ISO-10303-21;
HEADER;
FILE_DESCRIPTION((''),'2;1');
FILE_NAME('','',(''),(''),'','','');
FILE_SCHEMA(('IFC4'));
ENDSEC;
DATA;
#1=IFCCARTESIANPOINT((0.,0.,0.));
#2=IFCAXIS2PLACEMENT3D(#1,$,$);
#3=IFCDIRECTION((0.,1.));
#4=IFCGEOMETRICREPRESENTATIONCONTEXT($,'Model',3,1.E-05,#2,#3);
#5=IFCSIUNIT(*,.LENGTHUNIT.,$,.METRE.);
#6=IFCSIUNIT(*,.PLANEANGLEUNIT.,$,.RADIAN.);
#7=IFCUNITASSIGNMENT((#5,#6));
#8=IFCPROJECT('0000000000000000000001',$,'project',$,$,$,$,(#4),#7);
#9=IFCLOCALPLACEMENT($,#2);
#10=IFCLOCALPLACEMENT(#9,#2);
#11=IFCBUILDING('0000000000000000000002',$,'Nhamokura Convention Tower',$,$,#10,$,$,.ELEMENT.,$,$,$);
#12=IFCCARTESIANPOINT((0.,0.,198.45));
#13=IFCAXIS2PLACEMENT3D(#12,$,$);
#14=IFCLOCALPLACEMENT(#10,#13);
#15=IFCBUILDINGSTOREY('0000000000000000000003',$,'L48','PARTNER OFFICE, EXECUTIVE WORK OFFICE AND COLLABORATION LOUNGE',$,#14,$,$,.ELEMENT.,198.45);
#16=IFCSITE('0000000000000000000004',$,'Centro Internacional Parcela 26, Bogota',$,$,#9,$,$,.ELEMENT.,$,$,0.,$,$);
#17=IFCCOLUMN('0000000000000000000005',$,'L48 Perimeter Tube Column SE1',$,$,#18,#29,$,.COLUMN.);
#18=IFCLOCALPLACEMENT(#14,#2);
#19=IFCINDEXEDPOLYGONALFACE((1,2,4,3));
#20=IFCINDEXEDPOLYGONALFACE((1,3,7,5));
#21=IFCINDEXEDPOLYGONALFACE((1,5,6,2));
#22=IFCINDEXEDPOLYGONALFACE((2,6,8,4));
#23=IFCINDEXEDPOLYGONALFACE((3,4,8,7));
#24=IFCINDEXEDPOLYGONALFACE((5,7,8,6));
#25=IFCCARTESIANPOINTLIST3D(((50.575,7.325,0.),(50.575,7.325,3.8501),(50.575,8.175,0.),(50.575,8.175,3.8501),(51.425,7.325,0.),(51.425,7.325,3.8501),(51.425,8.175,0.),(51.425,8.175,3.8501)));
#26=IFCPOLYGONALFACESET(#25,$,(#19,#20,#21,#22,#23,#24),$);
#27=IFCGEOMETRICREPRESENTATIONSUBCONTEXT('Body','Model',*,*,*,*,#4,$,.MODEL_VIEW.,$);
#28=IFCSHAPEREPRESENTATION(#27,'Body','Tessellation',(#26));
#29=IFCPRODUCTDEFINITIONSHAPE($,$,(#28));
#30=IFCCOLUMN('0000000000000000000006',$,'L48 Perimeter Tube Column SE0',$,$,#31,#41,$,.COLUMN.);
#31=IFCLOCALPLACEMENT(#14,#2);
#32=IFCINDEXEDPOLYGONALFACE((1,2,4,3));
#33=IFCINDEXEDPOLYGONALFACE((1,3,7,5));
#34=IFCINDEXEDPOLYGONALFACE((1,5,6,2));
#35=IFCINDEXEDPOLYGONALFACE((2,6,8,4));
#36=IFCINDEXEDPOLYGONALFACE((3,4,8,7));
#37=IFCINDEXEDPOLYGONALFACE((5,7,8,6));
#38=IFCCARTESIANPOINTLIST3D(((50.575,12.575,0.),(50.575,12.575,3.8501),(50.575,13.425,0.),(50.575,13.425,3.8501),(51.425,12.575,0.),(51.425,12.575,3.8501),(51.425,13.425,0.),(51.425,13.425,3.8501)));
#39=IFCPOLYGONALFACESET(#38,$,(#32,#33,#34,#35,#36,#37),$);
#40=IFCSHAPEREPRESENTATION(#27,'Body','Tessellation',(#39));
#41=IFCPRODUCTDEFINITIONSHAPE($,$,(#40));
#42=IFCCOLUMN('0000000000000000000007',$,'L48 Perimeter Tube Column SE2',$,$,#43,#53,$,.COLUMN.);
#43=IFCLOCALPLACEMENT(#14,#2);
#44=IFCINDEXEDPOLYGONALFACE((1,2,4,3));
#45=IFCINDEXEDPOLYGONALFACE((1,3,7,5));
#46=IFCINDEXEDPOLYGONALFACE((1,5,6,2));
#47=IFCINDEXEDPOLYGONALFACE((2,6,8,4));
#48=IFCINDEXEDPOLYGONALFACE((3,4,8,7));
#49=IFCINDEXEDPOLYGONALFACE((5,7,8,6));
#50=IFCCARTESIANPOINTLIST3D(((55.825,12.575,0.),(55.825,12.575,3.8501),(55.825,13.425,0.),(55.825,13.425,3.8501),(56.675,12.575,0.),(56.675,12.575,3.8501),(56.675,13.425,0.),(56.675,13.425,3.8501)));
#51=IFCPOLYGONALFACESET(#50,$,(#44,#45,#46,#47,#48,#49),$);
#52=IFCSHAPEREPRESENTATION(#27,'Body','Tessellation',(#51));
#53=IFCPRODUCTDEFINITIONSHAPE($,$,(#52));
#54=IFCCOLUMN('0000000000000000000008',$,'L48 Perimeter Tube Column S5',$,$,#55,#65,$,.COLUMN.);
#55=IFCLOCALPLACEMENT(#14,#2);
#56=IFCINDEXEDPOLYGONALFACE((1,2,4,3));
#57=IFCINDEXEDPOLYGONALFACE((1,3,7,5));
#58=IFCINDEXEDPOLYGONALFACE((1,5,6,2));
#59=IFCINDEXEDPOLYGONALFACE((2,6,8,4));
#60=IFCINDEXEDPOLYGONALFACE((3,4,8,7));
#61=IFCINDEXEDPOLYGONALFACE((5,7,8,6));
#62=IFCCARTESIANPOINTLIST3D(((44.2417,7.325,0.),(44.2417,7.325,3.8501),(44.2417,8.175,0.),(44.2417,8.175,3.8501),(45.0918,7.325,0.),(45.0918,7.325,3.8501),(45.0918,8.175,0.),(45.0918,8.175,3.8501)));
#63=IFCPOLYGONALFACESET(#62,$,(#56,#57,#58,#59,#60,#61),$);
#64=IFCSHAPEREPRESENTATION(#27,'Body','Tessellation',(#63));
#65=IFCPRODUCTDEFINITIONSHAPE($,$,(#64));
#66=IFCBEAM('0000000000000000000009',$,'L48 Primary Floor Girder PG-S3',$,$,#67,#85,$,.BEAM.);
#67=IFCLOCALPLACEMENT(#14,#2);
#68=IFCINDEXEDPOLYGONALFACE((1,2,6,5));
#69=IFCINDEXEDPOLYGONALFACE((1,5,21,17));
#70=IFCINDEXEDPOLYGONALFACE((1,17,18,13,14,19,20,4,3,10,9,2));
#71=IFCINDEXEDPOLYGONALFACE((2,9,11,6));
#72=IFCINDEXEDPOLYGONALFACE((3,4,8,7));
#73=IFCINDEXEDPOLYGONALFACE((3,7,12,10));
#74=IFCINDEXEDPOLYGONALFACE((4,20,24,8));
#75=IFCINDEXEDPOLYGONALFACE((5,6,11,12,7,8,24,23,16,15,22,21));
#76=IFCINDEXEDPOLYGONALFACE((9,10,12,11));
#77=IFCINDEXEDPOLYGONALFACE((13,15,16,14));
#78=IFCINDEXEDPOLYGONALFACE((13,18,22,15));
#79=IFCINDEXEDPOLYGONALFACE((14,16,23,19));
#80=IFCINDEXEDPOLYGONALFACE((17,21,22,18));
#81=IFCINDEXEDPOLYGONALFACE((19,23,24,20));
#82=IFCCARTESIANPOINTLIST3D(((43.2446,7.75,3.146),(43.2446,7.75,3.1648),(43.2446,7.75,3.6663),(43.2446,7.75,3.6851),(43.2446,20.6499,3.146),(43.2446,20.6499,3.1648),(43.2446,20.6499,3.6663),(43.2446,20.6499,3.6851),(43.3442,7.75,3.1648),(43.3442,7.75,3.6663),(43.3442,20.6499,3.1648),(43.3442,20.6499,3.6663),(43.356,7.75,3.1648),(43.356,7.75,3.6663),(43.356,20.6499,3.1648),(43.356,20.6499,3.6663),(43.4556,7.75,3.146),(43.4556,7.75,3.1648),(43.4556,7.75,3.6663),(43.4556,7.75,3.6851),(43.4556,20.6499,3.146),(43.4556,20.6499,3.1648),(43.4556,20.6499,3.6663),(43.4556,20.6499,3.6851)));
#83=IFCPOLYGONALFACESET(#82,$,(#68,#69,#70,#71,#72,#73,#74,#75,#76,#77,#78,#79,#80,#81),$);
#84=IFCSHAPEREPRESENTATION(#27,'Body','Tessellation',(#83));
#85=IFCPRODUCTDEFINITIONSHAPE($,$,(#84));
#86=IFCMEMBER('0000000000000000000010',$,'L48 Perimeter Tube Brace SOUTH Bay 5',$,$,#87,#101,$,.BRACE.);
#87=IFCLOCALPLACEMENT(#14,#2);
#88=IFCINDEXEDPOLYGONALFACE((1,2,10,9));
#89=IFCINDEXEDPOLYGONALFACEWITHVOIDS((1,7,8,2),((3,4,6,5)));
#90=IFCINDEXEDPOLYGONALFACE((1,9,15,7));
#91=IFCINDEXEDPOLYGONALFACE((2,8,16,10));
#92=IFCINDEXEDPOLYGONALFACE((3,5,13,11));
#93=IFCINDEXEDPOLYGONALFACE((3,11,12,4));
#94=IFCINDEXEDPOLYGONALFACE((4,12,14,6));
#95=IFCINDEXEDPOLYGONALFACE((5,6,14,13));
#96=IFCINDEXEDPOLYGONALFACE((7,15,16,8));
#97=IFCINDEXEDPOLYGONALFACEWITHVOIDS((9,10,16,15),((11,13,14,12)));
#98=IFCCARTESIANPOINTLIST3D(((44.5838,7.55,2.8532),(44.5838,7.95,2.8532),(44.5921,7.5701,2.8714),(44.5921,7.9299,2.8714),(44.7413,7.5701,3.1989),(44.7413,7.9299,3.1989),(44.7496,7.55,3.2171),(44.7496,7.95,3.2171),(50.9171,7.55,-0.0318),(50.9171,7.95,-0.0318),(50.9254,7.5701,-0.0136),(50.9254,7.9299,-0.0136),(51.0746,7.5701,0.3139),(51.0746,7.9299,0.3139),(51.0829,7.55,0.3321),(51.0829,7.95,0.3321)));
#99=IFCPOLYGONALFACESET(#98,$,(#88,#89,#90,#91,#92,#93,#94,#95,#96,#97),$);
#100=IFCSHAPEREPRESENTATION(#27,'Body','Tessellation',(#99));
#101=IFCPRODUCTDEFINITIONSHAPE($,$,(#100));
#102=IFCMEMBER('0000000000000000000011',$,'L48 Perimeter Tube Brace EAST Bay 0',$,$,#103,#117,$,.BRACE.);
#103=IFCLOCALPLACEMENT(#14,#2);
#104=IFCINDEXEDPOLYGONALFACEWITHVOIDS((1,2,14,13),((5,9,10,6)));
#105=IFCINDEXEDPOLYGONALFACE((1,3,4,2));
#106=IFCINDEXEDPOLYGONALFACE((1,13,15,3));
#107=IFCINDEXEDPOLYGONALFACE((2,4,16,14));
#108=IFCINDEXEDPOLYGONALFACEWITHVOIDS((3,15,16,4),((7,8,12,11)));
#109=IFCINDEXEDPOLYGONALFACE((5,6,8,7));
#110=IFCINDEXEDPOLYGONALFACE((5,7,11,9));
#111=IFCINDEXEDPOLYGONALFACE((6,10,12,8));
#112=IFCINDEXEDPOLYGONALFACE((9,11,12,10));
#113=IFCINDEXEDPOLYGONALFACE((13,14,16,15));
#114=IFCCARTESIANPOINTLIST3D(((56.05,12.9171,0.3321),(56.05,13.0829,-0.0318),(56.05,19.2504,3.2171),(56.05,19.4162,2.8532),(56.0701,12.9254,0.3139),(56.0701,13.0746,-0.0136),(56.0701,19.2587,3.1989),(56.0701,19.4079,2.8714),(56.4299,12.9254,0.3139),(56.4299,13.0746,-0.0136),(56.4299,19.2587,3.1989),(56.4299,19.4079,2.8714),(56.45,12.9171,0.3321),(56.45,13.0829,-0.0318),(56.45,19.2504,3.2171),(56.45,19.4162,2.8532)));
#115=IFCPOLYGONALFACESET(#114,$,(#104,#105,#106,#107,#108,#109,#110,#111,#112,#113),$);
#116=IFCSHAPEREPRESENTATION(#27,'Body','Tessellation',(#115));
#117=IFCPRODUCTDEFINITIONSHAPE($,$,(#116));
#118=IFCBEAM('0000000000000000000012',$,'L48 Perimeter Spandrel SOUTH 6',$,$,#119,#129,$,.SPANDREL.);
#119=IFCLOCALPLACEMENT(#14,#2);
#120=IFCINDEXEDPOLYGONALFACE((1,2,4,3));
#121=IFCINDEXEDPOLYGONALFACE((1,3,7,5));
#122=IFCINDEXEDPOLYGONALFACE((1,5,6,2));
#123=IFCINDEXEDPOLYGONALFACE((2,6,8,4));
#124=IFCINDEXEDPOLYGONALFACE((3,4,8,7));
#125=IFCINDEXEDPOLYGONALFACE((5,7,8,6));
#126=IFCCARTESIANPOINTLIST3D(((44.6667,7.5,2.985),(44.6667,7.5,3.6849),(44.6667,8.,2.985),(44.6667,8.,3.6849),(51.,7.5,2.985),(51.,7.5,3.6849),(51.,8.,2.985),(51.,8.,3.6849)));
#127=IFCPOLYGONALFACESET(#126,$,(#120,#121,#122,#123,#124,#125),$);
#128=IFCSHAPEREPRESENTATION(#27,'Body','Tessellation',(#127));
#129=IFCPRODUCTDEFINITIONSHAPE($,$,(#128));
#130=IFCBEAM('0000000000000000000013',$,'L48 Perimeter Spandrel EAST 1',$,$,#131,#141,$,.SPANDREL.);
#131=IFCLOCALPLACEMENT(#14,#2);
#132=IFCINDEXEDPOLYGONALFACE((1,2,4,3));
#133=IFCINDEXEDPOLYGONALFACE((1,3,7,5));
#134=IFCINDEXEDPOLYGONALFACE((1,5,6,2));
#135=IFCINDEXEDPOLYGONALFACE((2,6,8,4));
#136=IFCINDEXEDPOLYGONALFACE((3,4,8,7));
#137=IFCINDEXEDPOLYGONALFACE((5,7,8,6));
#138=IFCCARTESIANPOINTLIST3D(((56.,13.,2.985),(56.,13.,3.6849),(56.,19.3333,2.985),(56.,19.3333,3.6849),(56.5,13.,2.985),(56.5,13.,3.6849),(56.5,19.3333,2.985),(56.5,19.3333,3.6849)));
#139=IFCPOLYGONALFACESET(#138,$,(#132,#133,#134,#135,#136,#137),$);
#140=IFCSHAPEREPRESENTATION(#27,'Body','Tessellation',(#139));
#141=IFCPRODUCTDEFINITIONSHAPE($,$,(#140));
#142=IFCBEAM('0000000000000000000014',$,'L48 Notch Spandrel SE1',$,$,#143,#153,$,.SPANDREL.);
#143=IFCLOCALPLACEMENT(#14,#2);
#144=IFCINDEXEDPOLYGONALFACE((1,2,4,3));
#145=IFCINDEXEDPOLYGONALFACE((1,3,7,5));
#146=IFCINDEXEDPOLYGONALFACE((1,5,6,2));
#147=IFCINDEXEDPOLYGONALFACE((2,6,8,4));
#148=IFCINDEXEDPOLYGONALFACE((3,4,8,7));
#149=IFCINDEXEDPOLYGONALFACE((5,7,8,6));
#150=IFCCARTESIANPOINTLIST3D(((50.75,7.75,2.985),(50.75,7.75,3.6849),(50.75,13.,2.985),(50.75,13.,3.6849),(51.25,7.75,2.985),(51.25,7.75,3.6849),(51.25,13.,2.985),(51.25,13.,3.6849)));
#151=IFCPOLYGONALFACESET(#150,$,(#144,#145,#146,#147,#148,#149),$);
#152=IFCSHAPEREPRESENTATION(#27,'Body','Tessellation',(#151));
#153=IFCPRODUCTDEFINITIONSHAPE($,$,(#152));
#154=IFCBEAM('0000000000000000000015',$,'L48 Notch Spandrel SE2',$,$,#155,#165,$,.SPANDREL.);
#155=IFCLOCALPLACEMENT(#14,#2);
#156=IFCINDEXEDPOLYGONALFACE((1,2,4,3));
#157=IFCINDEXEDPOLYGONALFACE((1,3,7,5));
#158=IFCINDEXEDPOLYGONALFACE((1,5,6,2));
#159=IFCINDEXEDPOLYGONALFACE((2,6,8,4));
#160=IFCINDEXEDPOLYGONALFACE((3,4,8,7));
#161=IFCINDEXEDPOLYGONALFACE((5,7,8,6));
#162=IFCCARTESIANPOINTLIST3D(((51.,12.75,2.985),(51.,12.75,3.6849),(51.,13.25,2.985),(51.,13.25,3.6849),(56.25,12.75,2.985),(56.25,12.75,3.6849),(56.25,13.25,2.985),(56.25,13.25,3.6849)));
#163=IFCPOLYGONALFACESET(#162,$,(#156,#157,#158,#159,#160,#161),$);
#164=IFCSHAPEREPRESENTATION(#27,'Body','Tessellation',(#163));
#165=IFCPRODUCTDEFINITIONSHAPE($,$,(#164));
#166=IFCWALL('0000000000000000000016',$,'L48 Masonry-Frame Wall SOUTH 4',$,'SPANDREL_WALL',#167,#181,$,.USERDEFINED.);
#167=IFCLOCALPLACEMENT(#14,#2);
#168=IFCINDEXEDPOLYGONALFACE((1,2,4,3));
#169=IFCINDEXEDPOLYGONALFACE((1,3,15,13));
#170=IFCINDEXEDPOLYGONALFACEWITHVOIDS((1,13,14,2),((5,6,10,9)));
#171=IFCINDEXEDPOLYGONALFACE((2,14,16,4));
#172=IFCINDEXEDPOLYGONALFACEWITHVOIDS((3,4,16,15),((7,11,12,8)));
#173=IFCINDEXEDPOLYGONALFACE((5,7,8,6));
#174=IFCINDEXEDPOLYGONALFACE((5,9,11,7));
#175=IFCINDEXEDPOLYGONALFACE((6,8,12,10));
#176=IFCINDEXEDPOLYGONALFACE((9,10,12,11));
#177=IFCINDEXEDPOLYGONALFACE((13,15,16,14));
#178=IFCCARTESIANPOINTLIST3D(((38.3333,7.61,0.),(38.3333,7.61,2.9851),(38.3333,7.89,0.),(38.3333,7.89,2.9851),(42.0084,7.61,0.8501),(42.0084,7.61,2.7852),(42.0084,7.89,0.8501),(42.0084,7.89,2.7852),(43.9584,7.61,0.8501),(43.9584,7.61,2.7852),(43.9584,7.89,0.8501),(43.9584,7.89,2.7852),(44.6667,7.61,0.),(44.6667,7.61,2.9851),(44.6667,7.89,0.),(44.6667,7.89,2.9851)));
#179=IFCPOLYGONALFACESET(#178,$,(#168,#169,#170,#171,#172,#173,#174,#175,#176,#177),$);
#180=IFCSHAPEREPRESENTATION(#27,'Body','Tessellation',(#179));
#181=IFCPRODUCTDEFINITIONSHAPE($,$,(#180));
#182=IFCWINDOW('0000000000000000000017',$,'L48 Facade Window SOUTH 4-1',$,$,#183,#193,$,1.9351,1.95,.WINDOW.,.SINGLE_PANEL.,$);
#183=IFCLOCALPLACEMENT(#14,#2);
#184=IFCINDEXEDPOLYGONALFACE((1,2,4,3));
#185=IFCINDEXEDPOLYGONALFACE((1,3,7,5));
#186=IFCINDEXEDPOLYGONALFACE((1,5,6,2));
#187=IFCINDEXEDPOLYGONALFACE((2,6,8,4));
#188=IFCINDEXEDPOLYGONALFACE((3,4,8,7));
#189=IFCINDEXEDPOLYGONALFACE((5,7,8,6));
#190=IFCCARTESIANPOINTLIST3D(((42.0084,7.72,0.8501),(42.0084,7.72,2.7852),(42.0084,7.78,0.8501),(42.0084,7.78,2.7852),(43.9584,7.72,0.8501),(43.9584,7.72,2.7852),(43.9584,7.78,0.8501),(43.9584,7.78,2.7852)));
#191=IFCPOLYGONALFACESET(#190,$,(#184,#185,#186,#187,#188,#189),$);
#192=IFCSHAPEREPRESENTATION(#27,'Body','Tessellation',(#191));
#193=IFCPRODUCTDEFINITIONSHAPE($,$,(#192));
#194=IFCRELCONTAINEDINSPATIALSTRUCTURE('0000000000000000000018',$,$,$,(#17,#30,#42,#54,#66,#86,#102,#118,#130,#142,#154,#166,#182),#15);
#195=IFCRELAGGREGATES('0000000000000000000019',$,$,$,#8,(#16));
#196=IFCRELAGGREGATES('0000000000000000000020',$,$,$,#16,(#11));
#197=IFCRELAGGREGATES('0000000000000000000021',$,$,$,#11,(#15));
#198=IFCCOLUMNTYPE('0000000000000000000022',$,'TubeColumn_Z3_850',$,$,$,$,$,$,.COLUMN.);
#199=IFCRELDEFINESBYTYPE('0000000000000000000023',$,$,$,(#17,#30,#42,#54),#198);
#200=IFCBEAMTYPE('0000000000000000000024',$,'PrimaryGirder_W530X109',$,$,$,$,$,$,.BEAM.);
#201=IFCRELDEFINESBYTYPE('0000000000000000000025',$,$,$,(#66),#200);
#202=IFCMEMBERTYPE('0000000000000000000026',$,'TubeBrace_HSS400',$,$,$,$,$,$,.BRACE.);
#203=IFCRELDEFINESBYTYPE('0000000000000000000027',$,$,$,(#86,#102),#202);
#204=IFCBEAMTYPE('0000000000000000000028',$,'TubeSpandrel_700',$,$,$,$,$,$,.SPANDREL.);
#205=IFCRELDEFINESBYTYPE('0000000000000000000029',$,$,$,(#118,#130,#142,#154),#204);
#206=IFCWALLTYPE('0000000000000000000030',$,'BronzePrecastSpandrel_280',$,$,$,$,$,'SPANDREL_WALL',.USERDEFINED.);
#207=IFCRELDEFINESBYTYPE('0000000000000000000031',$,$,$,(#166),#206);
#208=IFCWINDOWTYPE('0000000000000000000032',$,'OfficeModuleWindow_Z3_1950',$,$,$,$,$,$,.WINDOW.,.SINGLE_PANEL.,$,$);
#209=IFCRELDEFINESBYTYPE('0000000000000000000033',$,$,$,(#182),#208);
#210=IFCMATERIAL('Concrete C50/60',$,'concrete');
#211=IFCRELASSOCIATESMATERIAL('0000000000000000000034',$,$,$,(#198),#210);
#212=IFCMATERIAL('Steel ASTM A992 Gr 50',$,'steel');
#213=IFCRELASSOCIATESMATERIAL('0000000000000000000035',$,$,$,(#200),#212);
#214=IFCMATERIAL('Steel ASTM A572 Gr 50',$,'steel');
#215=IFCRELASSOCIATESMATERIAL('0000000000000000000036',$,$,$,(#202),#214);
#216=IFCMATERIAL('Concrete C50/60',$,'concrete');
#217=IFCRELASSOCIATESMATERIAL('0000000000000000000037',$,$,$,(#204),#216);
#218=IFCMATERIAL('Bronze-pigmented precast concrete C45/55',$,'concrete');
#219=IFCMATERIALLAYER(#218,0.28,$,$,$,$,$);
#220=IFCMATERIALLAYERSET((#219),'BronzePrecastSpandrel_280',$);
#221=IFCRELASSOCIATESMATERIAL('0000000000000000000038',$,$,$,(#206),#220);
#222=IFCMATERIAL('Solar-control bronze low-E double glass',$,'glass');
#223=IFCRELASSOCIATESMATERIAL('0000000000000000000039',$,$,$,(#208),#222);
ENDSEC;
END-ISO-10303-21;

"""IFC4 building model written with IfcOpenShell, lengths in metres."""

from ifc_helpers import new_model, si_unit, direction, frame, frame_2d, origin, origin_2d, place, context, subcontext, project, spatial, rectangle, hollow_rectangle, i_section, extrude, material, layer, layer_set, material_profile, profile_set, type_object, element, fill, save


model = new_model("IFC4")

# Units and contexts
model_context = context("Model", 3, precision=1e-05, world=origin(), true_north=direction((0.0, 1.0)))
body_context = subcontext(model_context, "Body", "Model", "MODEL_VIEW")
ifc_project = project(units=[si_unit("LENGTHUNIT", "METRE"), si_unit("PLANEANGLEUNIT", "RADIAN")], contexts=[model_context])

# Site, building, storey
site_placement = place(None, origin())
site = spatial("IfcSite", under=ifc_project, at=site_placement, Name="Centro Internacional Parcela 26, Bogota", CompositionType="ELEMENT", RefElevation=0.0)
building_placement = place(site_placement, origin())
building = spatial("IfcBuilding", under=site, at=building_placement, Name="Nhamokura Convention Tower", CompositionType="ELEMENT")
storey_placement = place(building_placement, frame((0.0, 0.0, 198.45)))
storey = spatial("IfcBuildingStorey", under=building, at=storey_placement, Name="L48", Description="PARTNER OFFICE, EXECUTIVE WORK OFFICE AND COLLABORATION LOUNGE", CompositionType="ELEMENT", Elevation=198.45)

# Columns
ifc_material_1 = material(Name="Concrete C50/60", Category="concrete")
ifc_material_profile_1 = material_profile(ifc_material_1, rectangle(XDim=0.8501, YDim=0.8501, at=origin_2d()))
ifc_profile_set_1 = profile_set([ifc_material_profile_1], Name="Concrete C50/60")
column_type = type_object("IfcColumnType", Name="TubeColumn_Z3_850", PredefinedType="COLUMN", material=ifc_profile_set_1)
for number, where, z_axis, x_axis, name in (
    (1, (51.0, 7.75, 0.0), (0.0, 0.0, 1.0), (1.0, 0.0, 0.0), "L48 Perimeter Tube Column SE1"),
    (2, (51.0, 13.0, 0.0), (0.0, 0.0, 1.0), (1.0, 0.0, 0.0), "L48 Perimeter Tube Column SE0"),
    (3, (56.25, 13.0, 0.0), (0.0, 0.0, 1.0), (1.0, 0.0, 0.0), "L48 Perimeter Tube Column SE2"),
    (4, (44.6667, 7.75, 0.0), (0.0, 0.0, 1.0), (1.0, 0.0, 0.0), "L48 Perimeter Tube Column S5"),
):
    element("IfcColumn", number, at=place(storey_placement, frame(where, z_axis=z_axis, x_axis=x_axis)), inside=storey, type_object=column_type, Name=name, PredefinedType="COLUMN", context=body_context, shape_type="SweptSolid", body=[
        extrude(rectangle(XDim=0.8501, YDim=0.8501, at=origin_2d()), origin(), (0.0, 0.0, 1.0), 3.8501),
    ])

# Beam
ifc_material_2 = material(Name="Steel ASTM A992 Gr 50", Category="steel")
ifc_material_profile_2 = material_profile(ifc_material_2, i_section(OverallWidth=0.2109, OverallDepth=0.5391, WebThickness=0.0117, FlangeThickness=0.0188, at=origin_2d()))
ifc_profile_set_2 = profile_set([ifc_material_profile_2], Name="Steel ASTM A992 Gr 50")
beam_type_1 = type_object("IfcBeamType", Name="PrimaryGirder_W530X109", PredefinedType="BEAM", material=ifc_profile_set_2)
beam_placement = place(storey_placement, frame((43.3501, 7.75, 3.4155), z_axis=(0.0, 1.0, 0.0), x_axis=(-1.0, 0.0, 0.0)))
element("IfcBeam", 5, at=beam_placement, inside=storey, type_object=beam_type_1, Name="L48 Primary Floor Girder PG-S3", PredefinedType="BEAM", context=body_context, shape_type="SweptSolid", body=[
    extrude(i_section(OverallWidth=0.2109, OverallDepth=0.5391, WebThickness=0.0117, FlangeThickness=0.0188, at=origin_2d()), origin(), (0.0, 0.0, 1.0), 12.8999),
])

# Members
ifc_material_3 = material(Name="Steel ASTM A572 Gr 50", Category="steel")
ifc_material_profile_3 = material_profile(ifc_material_3, hollow_rectangle(XDim=0.3999, YDim=0.3999, WallThickness=0.02, at=origin_2d()))
ifc_profile_set_3 = profile_set([ifc_material_profile_3], Name="Steel ASTM A572 Gr 50")
member_type = type_object("IfcMemberType", Name="TubeBrace_HSS400", PredefinedType="BRACE", material=ifc_profile_set_3)
for number, where, z_axis, x_axis, name in (
    (6, (51.0, 7.75, 0.1501), (-0.910027, 0.0, 0.414548), (0.0, -1.0, 0.0), "L48 Perimeter Tube Brace SOUTH Bay 5"),
    (7, (56.25, 13.0, 0.1501), (0.0, 0.910027, 0.414548), (-1.0, 0.0, 0.0), "L48 Perimeter Tube Brace EAST Bay 0"),
):
    element("IfcMember", number, at=place(storey_placement, frame(where, z_axis=z_axis, x_axis=x_axis)), inside=storey, type_object=member_type, Name=name, PredefinedType="BRACE", context=body_context, shape_type="SweptSolid", body=[
        extrude(hollow_rectangle(XDim=0.3999, YDim=0.3999, WallThickness=0.02, at=origin_2d()), origin(), (0.0, 0.0, 1.0), 6.9595),
    ])

# Beams
ifc_material_4 = material(Name="Concrete C50/60", Category="concrete")
ifc_material_profile_4 = material_profile(ifc_material_4, rectangle(XDim=0.5, YDim=0.7, at=origin_2d()))
ifc_profile_set_4 = profile_set([ifc_material_profile_4], Name="Concrete C50/60")
beam_type_2 = type_object("IfcBeamType", Name="TubeSpandrel_700", PredefinedType="SPANDREL", material=ifc_profile_set_4)
for number, where, z_axis, x_axis, name in (
    (8, (44.6667, 7.75, 3.335), (1.0, 0.0, 0.0), (0.0, 1.0, 0.0), "L48 Perimeter Spandrel SOUTH 6"),
    (9, (56.25, 13.0, 3.335), (0.0, 1.0, 0.0), (-1.0, 0.0, 0.0), "L48 Perimeter Spandrel EAST 1"),
):
    element("IfcBeam", number, at=place(storey_placement, frame(where, z_axis=z_axis, x_axis=x_axis)), inside=storey, type_object=beam_type_2, Name=name, PredefinedType="SPANDREL", context=body_context, shape_type="SweptSolid", body=[
        extrude(rectangle(XDim=0.5, YDim=0.7, at=origin_2d()), origin(), (0.0, 0.0, 1.0), 6.3333),
    ])
for number, where, z_axis, x_axis, name in (
    (10, (51.0, 7.75, 3.335), (0.0, 1.0, 0.0), (-1.0, 0.0, 0.0), "L48 Notch Spandrel SE1"),
    (11, (51.0, 13.0, 3.335), (1.0, 0.0, 0.0), (0.0, 1.0, 0.0), "L48 Notch Spandrel SE2"),
):
    element("IfcBeam", number, at=place(storey_placement, frame(where, z_axis=z_axis, x_axis=x_axis)), inside=storey, type_object=beam_type_2, Name=name, PredefinedType="SPANDREL", context=body_context, shape_type="SweptSolid", body=[
        extrude(rectangle(XDim=0.5, YDim=0.7, at=origin_2d()), origin(), (0.0, 0.0, 1.0), 5.25),
    ])

# Wall, opening, window
ifc_material_5 = material(Name="Bronze-pigmented precast concrete C45/55", Category="concrete")
ifc_layer = layer(ifc_material_5, 0.28)
ifc_layer_set = layer_set([ifc_layer], Name="BronzePrecastSpandrel_280")
wall_type = type_object("IfcWallType", Name="BronzePrecastSpandrel_280", ElementType="SPANDREL_WALL", PredefinedType="USERDEFINED", material=ifc_layer_set)
wall_1_placement = place(storey_placement, frame((44.6667, 7.75, 0.0), z_axis=(0.0, 0.0, 1.0), x_axis=(-1.0, 0.0, 0.0)))
wall_1 = element("IfcWall", 12, at=wall_1_placement, inside=storey, type_object=wall_type, Name="L48 Masonry-Frame Wall SOUTH 4", ObjectType="SPANDREL_WALL", PredefinedType="USERDEFINED", context=body_context, shape_type="SweptSolid", body=[
    extrude(rectangle(XDim=6.3335, YDim=0.28, at=frame_2d((3.1667, 0.0))), origin(), (0.0, 0.0, 1.0), 2.9851),
])
opening_placement = place(wall_1_placement, frame((0.7083, 0.0, 0.8501)))
opening = element("IfcOpeningElement", 13, at=opening_placement, cuts=wall_1, PredefinedType="OPENING", context=body_context, shape_type="SweptSolid", body=[
    extrude(rectangle(XDim=1.95, YDim=1.9351, at=frame_2d((0.9751, 0.9675))), frame((0.0, 0.1499, 0.0), z_axis=(0.0, -1.0, 0.0), x_axis=(1.0, 0.0, 0.0)), (0.0, 0.0, 1.0), 0.3),
])
ifc_material_6 = material(Name="Solar-control bronze low-E double glass", Category="glass")
window_type = type_object("IfcWindowType", Name="OfficeModuleWindow_Z3_1950", PartitioningType="SINGLE_PANEL", PredefinedType="WINDOW", material=ifc_material_6)
window_placement = place(opening_placement, origin())
window = element("IfcWindow", 14, at=window_placement, inside=storey, type_object=window_type, Name="L48 Facade Window SOUTH 4-1", OverallHeight=1.9351, OverallWidth=1.95, PartitioningType="SINGLE_PANEL", PredefinedType="WINDOW", context=body_context, shape_type="SweptSolid", body=[
    extrude(rectangle(XDim=1.95, YDim=1.9351, at=frame_2d((0.9751, 0.9675))), frame((0.0, 0.03, 0.0), z_axis=(0.0, -1.0, 0.0), x_axis=(1.0, 0.0, 0.0)), (0.0, 0.0, 1.0), 0.0601),
])
fill(opening, window)

save(model, "model.ifc")
